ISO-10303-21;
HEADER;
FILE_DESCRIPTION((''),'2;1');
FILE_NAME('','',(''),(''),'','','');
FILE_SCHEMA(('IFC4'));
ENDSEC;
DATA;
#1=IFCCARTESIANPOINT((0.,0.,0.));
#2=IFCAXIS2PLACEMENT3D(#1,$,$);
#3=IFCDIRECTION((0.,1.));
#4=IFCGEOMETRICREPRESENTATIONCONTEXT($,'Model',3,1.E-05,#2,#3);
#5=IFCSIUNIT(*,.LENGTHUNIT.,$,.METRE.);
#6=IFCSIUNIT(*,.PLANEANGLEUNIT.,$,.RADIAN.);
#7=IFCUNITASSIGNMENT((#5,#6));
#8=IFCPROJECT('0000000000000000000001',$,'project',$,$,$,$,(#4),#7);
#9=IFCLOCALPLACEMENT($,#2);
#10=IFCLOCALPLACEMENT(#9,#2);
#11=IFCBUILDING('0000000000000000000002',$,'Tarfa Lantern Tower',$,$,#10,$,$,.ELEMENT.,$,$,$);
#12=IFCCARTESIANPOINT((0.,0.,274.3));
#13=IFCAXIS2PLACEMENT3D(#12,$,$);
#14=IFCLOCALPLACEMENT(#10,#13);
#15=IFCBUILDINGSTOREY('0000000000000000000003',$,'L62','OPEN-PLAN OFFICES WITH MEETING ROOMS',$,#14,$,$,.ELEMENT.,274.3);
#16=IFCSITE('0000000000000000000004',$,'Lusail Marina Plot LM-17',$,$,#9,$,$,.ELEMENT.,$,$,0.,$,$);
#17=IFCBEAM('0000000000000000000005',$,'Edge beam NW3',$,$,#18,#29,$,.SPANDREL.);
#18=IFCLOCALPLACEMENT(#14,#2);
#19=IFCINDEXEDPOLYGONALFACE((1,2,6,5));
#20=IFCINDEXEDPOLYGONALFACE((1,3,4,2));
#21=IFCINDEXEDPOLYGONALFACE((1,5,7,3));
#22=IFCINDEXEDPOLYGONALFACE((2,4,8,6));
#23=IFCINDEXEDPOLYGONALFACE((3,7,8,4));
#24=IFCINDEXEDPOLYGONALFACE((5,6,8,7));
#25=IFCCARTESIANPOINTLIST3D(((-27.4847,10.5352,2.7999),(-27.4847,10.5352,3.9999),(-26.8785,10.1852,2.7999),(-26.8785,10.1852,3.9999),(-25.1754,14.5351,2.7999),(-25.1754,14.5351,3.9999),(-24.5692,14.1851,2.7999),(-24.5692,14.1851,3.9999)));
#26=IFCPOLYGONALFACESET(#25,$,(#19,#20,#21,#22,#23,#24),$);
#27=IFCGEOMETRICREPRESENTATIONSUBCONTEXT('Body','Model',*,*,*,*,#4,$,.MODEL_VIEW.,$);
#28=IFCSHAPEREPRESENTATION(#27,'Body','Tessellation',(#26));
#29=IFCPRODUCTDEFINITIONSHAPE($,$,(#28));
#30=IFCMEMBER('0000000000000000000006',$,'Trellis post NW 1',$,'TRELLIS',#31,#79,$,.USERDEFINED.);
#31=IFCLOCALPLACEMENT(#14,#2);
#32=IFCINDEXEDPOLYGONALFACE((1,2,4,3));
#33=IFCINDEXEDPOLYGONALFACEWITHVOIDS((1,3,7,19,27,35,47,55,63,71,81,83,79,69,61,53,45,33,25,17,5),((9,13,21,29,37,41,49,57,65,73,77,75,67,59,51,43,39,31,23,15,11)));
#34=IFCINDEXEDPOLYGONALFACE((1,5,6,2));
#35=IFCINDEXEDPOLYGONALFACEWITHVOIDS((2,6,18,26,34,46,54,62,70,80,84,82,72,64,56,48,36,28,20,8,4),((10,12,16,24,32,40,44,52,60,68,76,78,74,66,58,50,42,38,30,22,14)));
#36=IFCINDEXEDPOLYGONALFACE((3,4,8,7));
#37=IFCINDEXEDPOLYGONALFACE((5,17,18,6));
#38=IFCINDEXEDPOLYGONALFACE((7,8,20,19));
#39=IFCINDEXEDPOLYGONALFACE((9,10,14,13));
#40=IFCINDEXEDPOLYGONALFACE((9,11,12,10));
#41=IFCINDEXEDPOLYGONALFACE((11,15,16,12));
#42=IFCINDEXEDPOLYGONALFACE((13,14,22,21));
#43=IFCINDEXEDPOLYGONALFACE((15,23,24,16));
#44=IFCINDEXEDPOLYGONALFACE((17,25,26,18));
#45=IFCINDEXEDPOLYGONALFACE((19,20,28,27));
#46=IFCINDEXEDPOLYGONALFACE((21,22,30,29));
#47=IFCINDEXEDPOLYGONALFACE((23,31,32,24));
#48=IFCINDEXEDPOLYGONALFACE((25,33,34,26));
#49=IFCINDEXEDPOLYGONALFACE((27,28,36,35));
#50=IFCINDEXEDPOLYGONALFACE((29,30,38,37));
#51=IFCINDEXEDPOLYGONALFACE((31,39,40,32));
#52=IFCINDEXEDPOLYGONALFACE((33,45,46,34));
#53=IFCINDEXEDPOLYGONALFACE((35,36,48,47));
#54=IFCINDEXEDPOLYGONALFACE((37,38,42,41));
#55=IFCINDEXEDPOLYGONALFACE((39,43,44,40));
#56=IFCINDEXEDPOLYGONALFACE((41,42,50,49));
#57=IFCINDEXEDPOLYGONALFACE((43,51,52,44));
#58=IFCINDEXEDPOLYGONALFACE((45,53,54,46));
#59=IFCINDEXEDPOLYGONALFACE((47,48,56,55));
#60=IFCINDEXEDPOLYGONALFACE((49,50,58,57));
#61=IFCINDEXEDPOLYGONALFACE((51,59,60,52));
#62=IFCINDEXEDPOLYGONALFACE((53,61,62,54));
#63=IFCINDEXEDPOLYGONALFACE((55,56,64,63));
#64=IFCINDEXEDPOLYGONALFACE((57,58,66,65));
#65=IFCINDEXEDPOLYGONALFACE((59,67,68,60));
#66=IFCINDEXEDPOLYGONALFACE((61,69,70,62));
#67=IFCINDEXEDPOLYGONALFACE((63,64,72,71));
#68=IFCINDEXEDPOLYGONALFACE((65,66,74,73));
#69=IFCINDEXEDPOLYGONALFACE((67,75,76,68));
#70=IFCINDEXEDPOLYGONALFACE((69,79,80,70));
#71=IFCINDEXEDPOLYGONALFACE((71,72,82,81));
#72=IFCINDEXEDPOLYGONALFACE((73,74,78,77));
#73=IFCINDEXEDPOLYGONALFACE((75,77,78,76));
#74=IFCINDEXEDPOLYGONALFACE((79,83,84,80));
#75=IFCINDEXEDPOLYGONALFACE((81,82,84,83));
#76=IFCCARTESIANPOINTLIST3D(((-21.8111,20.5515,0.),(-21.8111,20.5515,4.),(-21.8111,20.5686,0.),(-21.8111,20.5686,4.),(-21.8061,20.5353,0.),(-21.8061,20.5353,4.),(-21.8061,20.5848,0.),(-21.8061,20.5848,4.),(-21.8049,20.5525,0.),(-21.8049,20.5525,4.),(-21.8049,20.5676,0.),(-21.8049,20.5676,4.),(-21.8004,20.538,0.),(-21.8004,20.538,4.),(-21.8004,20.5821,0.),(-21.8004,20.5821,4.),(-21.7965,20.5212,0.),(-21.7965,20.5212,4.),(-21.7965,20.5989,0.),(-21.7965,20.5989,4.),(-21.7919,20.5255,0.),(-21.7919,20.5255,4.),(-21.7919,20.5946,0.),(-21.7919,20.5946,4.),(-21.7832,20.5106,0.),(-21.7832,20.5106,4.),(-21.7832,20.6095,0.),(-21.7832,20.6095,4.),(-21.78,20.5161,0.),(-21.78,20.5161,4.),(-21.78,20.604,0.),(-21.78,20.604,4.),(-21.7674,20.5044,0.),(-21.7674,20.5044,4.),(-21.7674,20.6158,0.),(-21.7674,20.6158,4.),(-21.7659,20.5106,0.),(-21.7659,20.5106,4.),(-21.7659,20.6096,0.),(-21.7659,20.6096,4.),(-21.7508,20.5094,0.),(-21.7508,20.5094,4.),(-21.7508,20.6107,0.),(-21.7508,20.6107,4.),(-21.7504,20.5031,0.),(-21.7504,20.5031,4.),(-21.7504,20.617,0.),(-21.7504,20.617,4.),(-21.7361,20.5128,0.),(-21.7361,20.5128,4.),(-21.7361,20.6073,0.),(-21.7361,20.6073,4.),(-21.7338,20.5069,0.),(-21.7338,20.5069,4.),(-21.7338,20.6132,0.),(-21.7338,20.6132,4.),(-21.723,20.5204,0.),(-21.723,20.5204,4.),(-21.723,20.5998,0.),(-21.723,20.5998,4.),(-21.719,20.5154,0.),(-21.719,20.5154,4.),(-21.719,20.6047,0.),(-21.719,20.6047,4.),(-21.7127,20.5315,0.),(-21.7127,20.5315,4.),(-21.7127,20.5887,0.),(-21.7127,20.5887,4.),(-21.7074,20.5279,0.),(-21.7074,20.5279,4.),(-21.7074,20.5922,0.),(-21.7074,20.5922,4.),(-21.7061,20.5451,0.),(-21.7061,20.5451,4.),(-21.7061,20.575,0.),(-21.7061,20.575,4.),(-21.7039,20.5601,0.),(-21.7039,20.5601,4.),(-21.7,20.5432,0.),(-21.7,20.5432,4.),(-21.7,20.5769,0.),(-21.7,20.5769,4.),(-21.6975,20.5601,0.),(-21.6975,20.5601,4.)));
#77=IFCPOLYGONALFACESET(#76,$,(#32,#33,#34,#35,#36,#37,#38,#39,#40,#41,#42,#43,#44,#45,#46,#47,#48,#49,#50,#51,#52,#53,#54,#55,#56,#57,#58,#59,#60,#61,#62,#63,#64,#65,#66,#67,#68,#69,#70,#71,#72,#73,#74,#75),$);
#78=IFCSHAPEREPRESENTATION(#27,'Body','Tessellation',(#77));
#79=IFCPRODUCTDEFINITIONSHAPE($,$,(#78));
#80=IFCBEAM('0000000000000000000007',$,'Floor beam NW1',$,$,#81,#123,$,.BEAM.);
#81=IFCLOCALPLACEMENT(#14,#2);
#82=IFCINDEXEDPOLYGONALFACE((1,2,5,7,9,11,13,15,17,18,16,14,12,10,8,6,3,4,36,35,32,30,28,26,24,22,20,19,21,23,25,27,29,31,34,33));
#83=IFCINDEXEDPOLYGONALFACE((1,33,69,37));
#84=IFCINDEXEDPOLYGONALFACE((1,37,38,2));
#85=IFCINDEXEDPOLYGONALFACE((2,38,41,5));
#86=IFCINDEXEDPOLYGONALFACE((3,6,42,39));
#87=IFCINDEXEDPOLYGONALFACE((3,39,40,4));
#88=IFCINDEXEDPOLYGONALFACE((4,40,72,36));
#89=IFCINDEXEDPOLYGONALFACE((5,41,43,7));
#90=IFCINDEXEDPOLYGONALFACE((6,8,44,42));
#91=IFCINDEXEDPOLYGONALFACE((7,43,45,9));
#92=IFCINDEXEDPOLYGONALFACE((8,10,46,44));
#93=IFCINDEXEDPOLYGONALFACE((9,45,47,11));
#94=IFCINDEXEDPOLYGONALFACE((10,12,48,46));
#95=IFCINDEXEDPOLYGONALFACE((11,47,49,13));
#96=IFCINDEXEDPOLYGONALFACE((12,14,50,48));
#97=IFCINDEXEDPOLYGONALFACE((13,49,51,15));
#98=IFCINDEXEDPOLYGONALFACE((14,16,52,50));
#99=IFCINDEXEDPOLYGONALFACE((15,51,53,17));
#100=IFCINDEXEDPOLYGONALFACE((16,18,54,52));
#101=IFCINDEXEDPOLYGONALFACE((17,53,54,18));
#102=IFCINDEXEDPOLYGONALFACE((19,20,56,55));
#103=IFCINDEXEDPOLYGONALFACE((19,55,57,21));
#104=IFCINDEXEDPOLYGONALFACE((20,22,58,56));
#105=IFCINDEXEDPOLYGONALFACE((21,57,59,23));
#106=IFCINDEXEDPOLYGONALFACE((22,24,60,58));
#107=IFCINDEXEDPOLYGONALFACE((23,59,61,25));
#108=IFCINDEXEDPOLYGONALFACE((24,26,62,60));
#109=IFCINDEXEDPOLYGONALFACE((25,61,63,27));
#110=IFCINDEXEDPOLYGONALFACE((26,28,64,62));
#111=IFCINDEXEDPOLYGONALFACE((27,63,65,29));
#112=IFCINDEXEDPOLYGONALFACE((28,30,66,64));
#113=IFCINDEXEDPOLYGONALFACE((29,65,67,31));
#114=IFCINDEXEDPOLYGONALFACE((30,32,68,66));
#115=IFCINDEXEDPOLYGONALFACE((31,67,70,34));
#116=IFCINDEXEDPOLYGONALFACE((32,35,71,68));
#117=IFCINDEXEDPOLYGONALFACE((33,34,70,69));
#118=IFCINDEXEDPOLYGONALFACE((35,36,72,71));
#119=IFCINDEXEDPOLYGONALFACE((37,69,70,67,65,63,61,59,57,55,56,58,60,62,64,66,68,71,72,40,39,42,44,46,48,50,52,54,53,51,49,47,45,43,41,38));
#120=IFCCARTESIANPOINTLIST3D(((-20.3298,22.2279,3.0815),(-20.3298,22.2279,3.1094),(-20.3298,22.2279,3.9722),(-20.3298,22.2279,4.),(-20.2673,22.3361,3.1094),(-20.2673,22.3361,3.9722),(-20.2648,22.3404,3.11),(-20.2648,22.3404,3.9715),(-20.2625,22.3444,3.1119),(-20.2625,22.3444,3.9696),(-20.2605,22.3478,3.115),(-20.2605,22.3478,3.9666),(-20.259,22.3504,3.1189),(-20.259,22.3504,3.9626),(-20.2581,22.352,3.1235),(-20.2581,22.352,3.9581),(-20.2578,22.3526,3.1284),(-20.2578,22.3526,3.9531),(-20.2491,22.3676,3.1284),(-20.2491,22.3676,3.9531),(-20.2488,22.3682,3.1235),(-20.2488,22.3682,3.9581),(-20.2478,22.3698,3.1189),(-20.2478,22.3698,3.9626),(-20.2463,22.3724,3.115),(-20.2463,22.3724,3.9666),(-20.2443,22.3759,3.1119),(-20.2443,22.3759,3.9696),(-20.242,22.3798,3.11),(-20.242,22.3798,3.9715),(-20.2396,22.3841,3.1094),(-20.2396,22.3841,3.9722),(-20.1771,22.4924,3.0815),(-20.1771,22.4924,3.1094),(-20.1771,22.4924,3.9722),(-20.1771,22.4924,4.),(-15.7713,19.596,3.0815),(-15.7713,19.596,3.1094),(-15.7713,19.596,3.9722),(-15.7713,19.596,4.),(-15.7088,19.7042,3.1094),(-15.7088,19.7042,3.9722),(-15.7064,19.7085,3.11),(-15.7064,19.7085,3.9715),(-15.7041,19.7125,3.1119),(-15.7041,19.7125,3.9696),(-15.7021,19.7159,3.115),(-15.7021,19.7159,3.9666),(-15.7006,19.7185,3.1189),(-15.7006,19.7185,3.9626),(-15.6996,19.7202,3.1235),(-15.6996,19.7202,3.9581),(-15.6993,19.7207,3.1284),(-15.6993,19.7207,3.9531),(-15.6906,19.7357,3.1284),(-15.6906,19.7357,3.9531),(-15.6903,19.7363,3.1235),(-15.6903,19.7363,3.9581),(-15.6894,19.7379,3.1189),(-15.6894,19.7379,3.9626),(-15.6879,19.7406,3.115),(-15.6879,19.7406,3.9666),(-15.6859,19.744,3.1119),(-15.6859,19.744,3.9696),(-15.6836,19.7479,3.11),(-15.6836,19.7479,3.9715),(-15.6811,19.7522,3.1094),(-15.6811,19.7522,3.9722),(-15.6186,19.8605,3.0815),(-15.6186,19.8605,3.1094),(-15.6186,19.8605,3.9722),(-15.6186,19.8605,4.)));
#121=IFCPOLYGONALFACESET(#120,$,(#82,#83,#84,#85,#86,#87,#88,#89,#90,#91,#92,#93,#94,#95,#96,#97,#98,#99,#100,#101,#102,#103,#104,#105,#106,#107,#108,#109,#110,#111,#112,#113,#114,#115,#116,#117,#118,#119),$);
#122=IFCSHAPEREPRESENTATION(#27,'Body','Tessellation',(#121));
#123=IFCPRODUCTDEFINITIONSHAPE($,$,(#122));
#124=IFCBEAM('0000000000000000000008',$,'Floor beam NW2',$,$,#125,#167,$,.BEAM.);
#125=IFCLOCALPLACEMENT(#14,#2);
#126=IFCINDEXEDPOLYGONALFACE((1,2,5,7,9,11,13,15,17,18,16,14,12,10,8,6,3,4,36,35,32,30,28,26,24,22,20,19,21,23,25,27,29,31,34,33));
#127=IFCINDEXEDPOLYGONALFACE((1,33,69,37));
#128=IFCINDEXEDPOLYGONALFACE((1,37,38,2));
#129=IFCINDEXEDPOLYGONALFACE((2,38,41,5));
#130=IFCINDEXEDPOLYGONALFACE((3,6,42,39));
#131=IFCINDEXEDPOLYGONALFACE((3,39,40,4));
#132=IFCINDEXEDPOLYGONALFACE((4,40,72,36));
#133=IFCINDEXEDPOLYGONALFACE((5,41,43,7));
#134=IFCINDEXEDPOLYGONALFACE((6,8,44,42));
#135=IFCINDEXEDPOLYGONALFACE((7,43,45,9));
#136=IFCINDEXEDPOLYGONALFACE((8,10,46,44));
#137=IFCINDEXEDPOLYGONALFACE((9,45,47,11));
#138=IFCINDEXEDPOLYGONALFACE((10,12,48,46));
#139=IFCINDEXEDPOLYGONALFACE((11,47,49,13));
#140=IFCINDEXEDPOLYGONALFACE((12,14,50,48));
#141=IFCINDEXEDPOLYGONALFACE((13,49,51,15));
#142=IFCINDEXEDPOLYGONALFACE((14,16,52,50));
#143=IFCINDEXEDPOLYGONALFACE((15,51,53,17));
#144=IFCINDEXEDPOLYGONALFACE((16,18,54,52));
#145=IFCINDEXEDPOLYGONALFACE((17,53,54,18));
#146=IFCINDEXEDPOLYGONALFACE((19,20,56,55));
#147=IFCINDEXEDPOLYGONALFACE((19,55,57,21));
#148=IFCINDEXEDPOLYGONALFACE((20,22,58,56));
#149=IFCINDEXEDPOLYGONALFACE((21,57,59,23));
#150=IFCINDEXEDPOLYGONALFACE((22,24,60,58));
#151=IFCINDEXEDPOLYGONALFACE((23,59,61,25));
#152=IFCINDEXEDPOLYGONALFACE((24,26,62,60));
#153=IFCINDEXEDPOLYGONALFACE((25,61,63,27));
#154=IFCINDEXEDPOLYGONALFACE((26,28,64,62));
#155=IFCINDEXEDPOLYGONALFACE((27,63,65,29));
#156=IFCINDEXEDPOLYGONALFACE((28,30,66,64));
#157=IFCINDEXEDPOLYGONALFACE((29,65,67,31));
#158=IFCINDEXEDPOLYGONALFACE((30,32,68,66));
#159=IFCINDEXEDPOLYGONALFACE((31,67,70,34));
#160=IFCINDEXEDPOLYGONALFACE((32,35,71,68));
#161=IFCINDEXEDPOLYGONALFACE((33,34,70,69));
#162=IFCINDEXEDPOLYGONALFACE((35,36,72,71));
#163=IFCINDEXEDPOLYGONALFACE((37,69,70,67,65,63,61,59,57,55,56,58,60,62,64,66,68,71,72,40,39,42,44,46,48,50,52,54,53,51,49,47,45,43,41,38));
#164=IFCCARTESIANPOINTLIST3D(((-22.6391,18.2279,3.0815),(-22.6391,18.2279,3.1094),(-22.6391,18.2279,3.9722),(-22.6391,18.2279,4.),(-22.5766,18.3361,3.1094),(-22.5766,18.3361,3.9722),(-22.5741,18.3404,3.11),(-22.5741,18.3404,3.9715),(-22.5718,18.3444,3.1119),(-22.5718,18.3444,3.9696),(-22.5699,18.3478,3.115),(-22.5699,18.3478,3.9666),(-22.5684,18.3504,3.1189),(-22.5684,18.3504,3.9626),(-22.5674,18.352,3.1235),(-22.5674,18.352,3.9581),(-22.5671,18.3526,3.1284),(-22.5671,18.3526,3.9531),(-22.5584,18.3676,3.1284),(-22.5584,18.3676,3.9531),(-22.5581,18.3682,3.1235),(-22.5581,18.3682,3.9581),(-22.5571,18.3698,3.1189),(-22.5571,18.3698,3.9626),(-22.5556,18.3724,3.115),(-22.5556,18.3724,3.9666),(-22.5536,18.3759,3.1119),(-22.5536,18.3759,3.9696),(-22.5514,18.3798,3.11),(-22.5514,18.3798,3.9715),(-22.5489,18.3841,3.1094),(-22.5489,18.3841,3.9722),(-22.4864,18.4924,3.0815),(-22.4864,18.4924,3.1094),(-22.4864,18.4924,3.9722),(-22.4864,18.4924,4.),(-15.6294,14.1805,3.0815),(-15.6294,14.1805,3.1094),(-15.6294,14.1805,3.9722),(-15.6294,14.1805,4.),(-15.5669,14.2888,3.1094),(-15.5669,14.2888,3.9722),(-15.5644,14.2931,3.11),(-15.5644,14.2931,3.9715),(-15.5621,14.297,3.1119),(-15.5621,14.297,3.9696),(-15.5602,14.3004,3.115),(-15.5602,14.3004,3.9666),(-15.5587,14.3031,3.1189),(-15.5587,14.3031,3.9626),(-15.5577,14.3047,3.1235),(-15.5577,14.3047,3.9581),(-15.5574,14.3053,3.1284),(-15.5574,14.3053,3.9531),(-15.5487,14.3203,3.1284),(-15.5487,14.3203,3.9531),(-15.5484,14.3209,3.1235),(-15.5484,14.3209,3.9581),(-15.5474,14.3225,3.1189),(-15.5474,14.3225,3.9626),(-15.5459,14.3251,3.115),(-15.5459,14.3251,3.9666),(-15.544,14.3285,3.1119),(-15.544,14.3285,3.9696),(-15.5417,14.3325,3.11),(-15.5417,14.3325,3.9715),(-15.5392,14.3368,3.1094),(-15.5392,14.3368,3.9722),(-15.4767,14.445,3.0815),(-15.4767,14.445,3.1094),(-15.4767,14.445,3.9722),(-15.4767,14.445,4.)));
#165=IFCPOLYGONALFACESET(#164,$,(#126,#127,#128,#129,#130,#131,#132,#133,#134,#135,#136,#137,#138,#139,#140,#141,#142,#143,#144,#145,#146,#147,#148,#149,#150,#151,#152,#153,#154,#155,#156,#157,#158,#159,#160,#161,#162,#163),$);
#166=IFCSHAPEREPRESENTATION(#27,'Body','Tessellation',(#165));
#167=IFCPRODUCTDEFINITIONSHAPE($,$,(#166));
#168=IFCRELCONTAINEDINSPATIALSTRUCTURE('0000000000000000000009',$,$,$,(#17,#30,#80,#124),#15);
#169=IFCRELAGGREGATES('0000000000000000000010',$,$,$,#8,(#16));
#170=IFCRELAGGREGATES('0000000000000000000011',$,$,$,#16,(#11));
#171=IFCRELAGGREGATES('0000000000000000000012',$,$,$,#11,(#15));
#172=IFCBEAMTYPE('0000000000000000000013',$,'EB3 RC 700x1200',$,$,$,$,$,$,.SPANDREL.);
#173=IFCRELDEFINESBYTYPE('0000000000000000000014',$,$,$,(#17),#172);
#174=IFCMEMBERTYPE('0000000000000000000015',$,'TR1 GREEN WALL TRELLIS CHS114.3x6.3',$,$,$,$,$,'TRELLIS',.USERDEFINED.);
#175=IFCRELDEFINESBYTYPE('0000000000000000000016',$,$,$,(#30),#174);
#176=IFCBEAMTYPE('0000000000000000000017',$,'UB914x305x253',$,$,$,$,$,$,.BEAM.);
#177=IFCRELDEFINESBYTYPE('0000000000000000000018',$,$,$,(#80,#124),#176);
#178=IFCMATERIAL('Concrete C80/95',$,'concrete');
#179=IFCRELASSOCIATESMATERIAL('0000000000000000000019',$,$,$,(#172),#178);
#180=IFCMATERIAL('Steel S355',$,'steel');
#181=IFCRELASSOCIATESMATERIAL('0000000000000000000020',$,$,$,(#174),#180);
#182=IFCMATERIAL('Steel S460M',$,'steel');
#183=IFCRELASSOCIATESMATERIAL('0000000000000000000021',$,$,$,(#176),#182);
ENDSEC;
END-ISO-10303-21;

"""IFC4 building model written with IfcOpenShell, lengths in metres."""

from ifc_helpers import new_model, si_unit, direction, frame, origin, origin_2d, place, context, subcontext, project, spatial, rectangle, hollow_circle, i_section, extrude, material, material_profile, profile_set, type_object, element, save


model = new_model("IFC4")

# Units and contexts
model_context = context("Model", 3, precision=1e-05, world=origin(), true_north=direction((0.0, 1.0)))
body_context = subcontext(model_context, "Body", "Model", "MODEL_VIEW")
ifc_project = project(units=[si_unit("LENGTHUNIT", "METRE"), si_unit("PLANEANGLEUNIT", "RADIAN")], contexts=[model_context])

# Site, building, storey
site_placement = place(None, origin())
site = spatial("IfcSite", under=ifc_project, at=site_placement, Name="Lusail Marina Plot LM-17", CompositionType="ELEMENT", RefElevation=0.0)
building_placement = place(site_placement, origin())
building = spatial("IfcBuilding", under=site, at=building_placement, Name="Tarfa Lantern Tower", CompositionType="ELEMENT")
storey_placement = place(building_placement, frame((0.0, 0.0, 274.3)))
storey = spatial("IfcBuildingStorey", under=building, at=storey_placement, Name="L62", Description="OPEN-PLAN OFFICES WITH MEETING ROOMS", CompositionType="ELEMENT", Elevation=274.3)

# Shared definitions
ifc_material_1 = material(Name="Concrete C80/95", Category="concrete")

# Beam
ifc_material_profile_1 = material_profile(ifc_material_1, rectangle(XDim=0.7, YDim=1.2, at=origin_2d()), Name="RC 700x1200")
ifc_profile_set_1 = profile_set([ifc_material_profile_1], Name="Concrete C80/95")
beam_type_1 = type_object("IfcBeamType", Name="EB3 RC 700x1200", PredefinedType="SPANDREL", material=ifc_profile_set_1)
beam_1_placement = place(storey_placement, frame((-24.8723, 14.3601, 3.3999), z_axis=(-0.499988, -0.866032, 0.0), x_axis=(0.866032, -0.499988, 0.0)))
element("IfcBeam", 1, at=beam_1_placement, inside=storey, type_object=beam_type_1, Name="Edge beam NW3", PredefinedType="SPANDREL", context=body_context, shape_type="SweptSolid", body=[
    extrude(rectangle(XDim=0.7, YDim=1.2, at=origin_2d()), origin(), (0.0, 0.0, 1.0), 4.6187),
])

# Member
ifc_material_2 = material(Name="Steel S355", Category="steel")
ifc_material_profile_2 = material_profile(ifc_material_2, hollow_circle(Radius=0.0571, WallThickness=0.0063, at=origin_2d()), Name="CHS114.3x6.3")
ifc_profile_set_2 = profile_set([ifc_material_profile_2], Name="Steel S355")
member_type_1 = type_object("IfcMemberType", Name="TR1 GREEN WALL TRELLIS CHS114.3x6.3", ElementType="TRELLIS", PredefinedType="USERDEFINED", material=ifc_profile_set_2)
member_1_placement = place(storey_placement, frame((-21.7546, 20.5601, 0.0), z_axis=(0.0, 0.0, 1.0), x_axis=(1.0, 0.0, 0.0)))
element("IfcMember", 2, at=member_1_placement, inside=storey, type_object=member_type_1, Name="Trellis post NW 1", ObjectType="TRELLIS", PredefinedType="USERDEFINED", context=body_context, shape_type="SweptSolid", body=[
    extrude(hollow_circle(Radius=0.0571, WallThickness=0.0063, at=origin_2d()), origin(), (0.0, 0.0, 1.0), 4.0),
])

# Beams
ifc_material_3 = material(Name="Steel S460M", Category="steel")
ifc_material_profile_3 = material_profile(ifc_material_3, i_section(OverallWidth=0.3054, OverallDepth=0.9185, WebThickness=0.0173, FlangeThickness=0.0278, FilletRadius=0.019, at=origin_2d()), Name="UB914x305x253")
ifc_profile_set_3 = profile_set([ifc_material_profile_3], Name="Steel S460M")
beam_type_2 = type_object("IfcBeamType", Name="UB914x305x253", PredefinedType="BEAM", material=ifc_profile_set_3)
beam_2_placement = place(storey_placement, frame((-20.2534, 22.3601, 3.5408), z_axis=(0.86602, -0.50001, 0.0), x_axis=(0.50001, 0.86602, 0.0)))
element("IfcBeam", 3, at=beam_2_placement, inside=storey, type_object=beam_type_2, Name="Floor beam NW1", PredefinedType="BEAM", context=body_context, shape_type="SweptSolid", body=[
    extrude(i_section(OverallWidth=0.3054, OverallDepth=0.9185, WebThickness=0.0173, FlangeThickness=0.0278, FilletRadius=0.019, at=origin_2d()), origin(), (0.0, 0.0, 1.0), 5.2637),
])
beam_3_placement = place(storey_placement, frame((-22.5627, 18.3601, 3.5408), z_axis=(0.866011, -0.500025, 0.0), x_axis=(0.500025, 0.866011, 0.0)))
element("IfcBeam", 4, at=beam_3_placement, inside=storey, type_object=beam_type_2, Name="Floor beam NW2", PredefinedType="BEAM", context=body_context, shape_type="SweptSolid", body=[
    extrude(i_section(OverallWidth=0.3054, OverallDepth=0.9185, WebThickness=0.0173, FlangeThickness=0.0278, FilletRadius=0.019, at=origin_2d()), origin(), (0.0, 0.0, 1.0), 8.0942),
])

save(model, "model.ifc")
